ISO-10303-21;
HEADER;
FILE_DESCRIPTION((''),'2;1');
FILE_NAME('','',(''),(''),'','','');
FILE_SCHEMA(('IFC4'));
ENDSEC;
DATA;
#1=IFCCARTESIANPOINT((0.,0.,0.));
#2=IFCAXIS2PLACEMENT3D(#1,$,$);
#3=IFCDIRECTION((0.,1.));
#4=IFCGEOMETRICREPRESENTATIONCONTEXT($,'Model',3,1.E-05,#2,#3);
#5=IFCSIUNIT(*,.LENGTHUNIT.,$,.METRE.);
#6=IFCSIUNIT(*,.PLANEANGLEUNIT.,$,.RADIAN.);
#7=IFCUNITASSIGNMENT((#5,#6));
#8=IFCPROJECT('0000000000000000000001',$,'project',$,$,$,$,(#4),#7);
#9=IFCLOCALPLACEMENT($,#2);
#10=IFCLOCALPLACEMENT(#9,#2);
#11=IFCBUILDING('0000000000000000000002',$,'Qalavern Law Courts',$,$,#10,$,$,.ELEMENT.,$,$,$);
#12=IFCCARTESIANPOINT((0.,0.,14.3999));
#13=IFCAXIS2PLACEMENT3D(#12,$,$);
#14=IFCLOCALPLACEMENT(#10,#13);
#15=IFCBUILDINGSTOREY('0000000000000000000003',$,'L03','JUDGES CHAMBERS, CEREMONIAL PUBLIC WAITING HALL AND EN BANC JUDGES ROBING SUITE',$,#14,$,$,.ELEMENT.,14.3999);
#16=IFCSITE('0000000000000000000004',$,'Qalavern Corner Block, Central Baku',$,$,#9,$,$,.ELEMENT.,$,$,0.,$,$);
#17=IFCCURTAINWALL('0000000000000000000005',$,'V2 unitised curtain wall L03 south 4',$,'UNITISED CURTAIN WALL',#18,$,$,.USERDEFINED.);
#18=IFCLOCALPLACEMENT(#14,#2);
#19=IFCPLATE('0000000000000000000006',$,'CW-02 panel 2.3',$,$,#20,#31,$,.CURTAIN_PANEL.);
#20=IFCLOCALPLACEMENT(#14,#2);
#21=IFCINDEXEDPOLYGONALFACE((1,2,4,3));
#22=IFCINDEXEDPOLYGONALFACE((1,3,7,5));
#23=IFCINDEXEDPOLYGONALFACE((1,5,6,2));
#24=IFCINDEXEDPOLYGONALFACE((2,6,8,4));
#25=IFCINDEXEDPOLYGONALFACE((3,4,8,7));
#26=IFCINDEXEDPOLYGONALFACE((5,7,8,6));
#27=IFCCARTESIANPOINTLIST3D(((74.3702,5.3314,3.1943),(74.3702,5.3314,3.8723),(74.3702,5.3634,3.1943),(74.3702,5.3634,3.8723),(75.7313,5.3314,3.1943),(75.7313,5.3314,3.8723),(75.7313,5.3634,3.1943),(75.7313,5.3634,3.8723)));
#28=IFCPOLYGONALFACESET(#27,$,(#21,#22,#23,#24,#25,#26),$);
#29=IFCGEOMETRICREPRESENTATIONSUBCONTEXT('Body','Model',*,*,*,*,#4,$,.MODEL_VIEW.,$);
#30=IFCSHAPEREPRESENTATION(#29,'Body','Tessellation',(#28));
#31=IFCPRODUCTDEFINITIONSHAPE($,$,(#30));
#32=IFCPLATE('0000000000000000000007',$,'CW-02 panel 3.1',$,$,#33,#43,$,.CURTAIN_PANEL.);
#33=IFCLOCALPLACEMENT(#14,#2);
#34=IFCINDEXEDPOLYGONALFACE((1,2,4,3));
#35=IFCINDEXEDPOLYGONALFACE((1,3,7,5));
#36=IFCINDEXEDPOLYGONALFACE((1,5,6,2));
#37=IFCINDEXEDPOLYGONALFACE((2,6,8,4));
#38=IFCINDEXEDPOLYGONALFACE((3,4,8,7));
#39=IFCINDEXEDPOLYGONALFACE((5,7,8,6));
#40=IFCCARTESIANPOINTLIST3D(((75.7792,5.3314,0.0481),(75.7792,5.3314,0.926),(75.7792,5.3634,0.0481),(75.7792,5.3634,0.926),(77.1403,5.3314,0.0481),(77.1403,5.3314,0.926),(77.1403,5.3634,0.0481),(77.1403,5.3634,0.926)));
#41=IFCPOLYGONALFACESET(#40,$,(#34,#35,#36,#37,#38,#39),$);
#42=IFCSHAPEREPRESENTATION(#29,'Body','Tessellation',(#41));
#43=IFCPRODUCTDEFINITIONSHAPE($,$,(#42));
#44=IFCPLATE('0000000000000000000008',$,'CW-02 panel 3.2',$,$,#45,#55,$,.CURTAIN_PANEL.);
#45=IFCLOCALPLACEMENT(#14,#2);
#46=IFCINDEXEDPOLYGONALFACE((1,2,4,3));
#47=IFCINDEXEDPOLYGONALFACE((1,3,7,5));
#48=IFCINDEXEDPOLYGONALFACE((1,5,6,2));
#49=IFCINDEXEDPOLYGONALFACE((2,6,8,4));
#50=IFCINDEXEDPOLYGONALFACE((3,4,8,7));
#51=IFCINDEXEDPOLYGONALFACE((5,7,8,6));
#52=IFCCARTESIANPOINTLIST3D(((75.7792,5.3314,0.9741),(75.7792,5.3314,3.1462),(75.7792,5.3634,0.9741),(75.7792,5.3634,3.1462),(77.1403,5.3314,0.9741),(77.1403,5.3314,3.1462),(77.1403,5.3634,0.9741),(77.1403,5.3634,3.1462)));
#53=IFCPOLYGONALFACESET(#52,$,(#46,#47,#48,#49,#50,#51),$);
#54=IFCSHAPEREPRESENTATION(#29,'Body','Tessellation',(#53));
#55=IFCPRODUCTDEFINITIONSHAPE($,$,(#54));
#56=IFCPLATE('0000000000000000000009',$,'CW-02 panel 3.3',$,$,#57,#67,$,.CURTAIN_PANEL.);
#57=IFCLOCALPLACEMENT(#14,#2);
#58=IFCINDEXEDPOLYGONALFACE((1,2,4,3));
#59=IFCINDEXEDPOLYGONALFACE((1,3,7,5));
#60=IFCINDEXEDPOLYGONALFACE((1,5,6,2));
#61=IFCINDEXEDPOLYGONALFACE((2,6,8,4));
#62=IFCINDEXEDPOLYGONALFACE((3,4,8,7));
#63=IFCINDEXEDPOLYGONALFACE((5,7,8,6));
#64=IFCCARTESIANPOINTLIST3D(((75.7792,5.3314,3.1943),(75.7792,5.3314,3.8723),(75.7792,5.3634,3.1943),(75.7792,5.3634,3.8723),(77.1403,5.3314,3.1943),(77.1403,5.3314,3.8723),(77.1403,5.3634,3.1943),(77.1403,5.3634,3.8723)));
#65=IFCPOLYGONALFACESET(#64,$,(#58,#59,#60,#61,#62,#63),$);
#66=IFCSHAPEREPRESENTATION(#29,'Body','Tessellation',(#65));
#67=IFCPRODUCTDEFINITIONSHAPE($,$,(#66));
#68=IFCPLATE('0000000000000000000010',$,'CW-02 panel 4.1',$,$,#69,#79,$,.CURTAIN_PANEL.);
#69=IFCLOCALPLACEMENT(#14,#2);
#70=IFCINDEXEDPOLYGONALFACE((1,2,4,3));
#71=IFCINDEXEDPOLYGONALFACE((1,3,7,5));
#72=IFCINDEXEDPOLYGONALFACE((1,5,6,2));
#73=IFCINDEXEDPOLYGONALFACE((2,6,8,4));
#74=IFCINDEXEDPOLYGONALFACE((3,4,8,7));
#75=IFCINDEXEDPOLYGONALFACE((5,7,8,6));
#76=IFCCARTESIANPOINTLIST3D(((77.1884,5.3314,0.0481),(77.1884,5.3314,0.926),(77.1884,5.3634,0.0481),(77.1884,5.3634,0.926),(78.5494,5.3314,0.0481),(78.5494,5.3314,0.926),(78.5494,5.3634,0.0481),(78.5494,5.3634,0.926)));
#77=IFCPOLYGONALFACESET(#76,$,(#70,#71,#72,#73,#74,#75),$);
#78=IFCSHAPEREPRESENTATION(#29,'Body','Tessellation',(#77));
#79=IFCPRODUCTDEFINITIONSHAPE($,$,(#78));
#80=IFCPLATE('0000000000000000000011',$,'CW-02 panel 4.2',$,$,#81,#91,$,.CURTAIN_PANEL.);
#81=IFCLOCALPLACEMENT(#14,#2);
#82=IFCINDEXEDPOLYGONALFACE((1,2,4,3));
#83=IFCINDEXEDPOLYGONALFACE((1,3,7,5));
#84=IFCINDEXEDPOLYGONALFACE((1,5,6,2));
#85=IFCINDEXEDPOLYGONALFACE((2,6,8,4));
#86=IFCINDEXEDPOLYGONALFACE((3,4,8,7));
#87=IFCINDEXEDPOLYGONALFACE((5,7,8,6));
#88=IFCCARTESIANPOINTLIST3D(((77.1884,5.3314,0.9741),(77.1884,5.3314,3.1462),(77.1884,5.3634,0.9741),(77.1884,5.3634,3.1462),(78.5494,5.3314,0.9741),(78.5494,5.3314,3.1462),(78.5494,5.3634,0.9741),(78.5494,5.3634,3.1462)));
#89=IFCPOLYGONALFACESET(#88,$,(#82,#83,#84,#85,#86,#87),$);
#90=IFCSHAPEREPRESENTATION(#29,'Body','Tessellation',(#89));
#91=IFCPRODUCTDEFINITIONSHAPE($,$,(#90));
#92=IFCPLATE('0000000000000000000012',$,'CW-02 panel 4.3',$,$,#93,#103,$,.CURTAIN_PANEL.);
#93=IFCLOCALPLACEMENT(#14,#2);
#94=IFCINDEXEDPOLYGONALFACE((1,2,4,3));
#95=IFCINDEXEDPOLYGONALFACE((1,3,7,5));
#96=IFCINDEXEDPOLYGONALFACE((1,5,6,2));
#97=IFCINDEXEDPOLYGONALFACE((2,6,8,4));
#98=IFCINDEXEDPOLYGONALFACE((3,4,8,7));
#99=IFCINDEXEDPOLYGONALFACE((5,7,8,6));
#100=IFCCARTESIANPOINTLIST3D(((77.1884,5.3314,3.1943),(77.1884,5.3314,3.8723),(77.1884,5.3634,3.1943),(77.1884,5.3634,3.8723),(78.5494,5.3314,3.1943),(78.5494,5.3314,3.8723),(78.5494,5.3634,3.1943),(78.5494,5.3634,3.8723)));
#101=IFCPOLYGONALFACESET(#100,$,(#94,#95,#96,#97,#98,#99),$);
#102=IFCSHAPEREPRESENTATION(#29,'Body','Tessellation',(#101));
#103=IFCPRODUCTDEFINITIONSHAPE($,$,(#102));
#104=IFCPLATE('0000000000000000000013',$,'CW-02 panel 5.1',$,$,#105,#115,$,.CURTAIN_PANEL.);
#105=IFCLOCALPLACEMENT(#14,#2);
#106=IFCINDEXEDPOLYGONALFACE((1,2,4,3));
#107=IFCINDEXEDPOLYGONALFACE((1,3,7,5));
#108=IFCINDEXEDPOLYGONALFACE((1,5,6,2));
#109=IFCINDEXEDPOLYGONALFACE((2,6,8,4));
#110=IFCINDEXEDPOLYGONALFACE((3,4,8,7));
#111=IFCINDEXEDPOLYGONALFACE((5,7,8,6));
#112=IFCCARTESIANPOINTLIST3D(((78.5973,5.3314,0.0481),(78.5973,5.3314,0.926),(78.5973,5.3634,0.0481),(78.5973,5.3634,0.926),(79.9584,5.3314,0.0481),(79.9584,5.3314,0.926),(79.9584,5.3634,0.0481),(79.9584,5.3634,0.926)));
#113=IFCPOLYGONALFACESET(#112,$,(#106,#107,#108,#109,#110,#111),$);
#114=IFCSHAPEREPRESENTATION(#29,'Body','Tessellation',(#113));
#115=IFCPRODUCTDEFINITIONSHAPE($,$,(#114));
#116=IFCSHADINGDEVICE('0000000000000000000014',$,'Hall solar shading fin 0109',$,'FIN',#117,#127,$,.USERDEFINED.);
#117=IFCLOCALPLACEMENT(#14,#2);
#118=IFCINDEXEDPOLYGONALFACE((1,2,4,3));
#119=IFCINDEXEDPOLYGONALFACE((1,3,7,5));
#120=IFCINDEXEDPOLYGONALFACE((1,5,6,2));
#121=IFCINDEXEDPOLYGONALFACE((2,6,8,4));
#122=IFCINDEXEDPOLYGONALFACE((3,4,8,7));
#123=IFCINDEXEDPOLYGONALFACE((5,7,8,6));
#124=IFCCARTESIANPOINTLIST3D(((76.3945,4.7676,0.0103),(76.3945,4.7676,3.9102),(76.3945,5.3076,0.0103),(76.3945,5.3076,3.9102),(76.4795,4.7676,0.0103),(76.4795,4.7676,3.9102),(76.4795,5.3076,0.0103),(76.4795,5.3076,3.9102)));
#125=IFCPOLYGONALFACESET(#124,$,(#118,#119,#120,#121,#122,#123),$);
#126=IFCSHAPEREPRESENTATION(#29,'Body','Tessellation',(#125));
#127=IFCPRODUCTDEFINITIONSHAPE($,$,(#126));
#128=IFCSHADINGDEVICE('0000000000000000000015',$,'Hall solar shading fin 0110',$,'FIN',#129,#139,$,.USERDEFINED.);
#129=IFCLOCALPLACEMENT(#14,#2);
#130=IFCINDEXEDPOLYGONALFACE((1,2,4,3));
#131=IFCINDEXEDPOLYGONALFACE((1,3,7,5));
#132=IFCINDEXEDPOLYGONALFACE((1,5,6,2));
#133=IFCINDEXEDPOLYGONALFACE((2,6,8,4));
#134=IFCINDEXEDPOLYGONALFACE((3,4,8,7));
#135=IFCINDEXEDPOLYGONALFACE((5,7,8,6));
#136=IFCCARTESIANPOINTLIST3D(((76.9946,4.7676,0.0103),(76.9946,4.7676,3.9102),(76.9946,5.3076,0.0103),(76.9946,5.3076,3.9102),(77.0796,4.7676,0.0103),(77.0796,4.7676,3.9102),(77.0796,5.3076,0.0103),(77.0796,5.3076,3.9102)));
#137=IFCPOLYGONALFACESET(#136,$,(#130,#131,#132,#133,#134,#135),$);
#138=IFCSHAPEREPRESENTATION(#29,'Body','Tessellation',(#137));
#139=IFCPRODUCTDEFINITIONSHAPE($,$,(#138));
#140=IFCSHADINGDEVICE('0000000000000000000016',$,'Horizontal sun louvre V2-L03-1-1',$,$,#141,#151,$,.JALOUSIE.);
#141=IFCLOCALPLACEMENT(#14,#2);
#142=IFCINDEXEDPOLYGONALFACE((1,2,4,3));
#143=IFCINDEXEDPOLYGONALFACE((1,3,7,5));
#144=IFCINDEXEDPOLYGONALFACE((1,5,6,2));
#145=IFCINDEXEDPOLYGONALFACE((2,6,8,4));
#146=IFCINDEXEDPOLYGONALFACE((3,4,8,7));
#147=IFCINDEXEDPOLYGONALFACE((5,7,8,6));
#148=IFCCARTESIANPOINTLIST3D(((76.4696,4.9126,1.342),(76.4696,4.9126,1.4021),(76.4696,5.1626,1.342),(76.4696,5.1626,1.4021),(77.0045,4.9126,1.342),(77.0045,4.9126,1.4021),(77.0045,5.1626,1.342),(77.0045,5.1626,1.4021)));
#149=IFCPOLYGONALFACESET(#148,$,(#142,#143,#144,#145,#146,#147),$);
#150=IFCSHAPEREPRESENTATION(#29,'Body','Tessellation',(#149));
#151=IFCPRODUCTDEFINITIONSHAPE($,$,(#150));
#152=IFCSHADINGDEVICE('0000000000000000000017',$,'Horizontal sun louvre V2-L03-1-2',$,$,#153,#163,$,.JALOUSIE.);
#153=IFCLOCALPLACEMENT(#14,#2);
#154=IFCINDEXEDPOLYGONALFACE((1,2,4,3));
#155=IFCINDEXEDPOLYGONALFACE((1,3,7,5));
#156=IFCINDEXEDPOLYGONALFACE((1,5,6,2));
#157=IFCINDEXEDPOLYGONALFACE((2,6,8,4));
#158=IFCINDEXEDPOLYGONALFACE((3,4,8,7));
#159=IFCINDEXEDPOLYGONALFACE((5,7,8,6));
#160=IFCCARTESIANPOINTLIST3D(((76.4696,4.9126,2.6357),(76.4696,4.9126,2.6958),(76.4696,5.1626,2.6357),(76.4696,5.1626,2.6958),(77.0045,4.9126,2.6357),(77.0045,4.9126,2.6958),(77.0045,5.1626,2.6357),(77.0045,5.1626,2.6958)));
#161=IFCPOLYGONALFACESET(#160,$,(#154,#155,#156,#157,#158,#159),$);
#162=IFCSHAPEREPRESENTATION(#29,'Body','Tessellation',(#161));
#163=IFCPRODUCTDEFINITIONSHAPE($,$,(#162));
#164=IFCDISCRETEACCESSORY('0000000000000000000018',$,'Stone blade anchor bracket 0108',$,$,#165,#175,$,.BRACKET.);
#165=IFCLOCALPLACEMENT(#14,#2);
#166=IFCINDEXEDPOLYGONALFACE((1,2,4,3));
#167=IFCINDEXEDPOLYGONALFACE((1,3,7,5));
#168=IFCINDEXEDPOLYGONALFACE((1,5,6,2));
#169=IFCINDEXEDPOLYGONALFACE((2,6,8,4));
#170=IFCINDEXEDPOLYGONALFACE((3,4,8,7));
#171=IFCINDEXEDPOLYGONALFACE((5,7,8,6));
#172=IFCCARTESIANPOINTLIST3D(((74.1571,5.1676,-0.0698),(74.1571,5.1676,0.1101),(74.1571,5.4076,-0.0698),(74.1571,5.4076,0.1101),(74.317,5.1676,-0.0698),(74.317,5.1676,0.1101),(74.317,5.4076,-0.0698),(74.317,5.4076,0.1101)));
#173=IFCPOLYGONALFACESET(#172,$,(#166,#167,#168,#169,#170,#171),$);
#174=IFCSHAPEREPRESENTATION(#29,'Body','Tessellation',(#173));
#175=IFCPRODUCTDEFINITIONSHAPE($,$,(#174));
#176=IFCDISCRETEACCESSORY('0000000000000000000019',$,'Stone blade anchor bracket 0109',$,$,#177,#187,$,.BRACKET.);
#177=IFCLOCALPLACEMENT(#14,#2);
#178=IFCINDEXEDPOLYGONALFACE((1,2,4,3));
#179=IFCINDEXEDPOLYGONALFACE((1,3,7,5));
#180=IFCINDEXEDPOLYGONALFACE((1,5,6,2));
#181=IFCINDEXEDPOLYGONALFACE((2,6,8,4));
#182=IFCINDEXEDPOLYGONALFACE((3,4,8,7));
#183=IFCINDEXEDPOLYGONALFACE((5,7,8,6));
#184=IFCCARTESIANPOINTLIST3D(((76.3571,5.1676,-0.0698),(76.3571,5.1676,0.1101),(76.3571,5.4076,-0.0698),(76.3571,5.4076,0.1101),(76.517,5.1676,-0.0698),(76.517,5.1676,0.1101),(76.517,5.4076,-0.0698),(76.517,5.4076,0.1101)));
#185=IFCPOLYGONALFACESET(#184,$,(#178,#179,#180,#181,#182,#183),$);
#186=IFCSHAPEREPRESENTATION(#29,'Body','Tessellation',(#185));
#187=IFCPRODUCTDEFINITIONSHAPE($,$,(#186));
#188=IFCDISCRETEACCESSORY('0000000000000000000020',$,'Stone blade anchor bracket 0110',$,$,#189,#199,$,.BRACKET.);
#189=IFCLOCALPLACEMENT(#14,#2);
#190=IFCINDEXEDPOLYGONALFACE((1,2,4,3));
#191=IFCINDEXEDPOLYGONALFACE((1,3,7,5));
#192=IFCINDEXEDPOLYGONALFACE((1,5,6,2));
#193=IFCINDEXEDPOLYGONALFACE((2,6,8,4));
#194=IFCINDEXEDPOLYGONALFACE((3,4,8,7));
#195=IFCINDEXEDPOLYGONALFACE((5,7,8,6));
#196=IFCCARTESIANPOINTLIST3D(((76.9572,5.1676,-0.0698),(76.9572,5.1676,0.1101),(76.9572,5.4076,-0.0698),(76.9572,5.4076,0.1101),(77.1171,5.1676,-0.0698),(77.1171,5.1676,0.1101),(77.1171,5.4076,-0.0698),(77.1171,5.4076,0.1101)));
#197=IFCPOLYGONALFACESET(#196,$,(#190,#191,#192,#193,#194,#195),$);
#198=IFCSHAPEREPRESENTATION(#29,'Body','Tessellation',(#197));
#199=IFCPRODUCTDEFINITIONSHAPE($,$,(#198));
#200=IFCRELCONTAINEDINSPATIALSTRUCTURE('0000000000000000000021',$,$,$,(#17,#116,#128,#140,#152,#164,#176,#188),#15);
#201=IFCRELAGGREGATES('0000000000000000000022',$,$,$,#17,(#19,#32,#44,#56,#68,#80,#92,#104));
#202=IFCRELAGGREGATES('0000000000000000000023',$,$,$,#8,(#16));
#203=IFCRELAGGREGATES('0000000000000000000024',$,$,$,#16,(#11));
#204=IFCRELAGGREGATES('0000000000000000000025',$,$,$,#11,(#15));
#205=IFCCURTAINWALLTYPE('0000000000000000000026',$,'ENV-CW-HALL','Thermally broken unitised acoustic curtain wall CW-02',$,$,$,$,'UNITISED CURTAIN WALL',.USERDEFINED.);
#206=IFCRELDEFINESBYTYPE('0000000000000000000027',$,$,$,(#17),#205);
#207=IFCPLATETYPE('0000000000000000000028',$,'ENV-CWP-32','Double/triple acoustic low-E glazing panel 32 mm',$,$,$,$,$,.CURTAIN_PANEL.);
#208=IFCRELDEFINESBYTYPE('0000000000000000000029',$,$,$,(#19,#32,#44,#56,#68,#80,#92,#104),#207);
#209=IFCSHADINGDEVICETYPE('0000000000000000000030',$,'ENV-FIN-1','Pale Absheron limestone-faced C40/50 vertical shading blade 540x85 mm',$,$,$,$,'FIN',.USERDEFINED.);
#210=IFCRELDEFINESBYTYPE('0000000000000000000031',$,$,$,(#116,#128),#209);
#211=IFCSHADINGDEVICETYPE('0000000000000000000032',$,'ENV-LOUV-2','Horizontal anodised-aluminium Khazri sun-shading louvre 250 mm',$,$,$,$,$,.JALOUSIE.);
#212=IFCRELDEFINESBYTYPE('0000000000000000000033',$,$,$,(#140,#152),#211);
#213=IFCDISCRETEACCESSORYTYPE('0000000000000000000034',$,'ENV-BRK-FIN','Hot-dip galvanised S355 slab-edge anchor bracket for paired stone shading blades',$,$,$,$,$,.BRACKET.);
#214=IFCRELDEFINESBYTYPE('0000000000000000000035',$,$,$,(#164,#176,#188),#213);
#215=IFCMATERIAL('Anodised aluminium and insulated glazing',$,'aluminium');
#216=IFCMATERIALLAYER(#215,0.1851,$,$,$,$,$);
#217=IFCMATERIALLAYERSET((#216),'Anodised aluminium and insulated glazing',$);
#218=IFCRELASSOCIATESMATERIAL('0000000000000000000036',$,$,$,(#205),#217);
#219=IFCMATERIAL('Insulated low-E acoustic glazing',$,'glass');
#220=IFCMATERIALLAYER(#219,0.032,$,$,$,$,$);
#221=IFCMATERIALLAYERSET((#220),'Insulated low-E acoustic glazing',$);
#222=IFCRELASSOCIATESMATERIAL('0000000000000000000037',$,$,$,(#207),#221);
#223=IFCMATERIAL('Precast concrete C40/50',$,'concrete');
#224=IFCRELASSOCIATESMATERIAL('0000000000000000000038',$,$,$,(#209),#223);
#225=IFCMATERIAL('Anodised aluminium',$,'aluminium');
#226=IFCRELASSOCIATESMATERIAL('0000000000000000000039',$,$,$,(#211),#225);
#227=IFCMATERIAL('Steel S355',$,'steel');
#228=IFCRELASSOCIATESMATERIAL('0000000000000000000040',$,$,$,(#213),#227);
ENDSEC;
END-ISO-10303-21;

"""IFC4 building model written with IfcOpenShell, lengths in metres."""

from ifc_helpers import new_model, si_unit, direction, frame, origin, origin_2d, place, context, subcontext, project, spatial, rectangle, extrude, material, layer, layer_set, type_object, element, aggregate, save


model = new_model("IFC4")

# Units and contexts
model_context = context("Model", 3, precision=1e-05, world=origin(), true_north=direction((0.0, 1.0)))
body_context = subcontext(model_context, "Body", "Model", "MODEL_VIEW")
ifc_project = project(units=[si_unit("LENGTHUNIT", "METRE"), si_unit("PLANEANGLEUNIT", "RADIAN")], contexts=[model_context])

# Site, building, storey
site_placement = place(None, origin())
site = spatial("IfcSite", under=ifc_project, at=site_placement, Name="Qalavern Corner Block, Central Baku", CompositionType="ELEMENT", RefElevation=0.0)
building_placement = place(site_placement, origin())
building = spatial("IfcBuilding", under=site, at=building_placement, Name="Qalavern Law Courts", CompositionType="ELEMENT")
storey_placement = place(building_placement, frame((0.0, 0.0, 14.3999)))
storey = spatial("IfcBuildingStorey", under=building, at=storey_placement, Name="L03", Description="JUDGES CHAMBERS, CEREMONIAL PUBLIC WAITING HALL AND EN BANC JUDGES ROBING SUITE", CompositionType="ELEMENT", Elevation=14.3999)

# Curtain wall, plates
ifc_material_1 = material(Name="Anodised aluminium and insulated glazing", Category="aluminium")
ifc_layer_1 = layer(ifc_material_1, 0.1851)
ifc_layer_set_1 = layer_set([ifc_layer_1], Name="Anodised aluminium and insulated glazing")
curtain_wall_type = type_object("IfcCurtainWallType", Name="ENV-CW-HALL", Description="Thermally broken unitised acoustic curtain wall CW-02", ElementType="UNITISED CURTAIN WALL", PredefinedType="USERDEFINED", material=ifc_layer_set_1)
curtain_wall_placement = place(storey_placement, origin())
curtain_wall = element("IfcCurtainWall", 1, at=curtain_wall_placement, inside=storey, type_object=curtain_wall_type, Name="V2 unitised curtain wall L03 south 4", ObjectType="UNITISED CURTAIN WALL", PredefinedType="USERDEFINED")
ifc_material_2 = material(Name="Anodised aluminium", Category="aluminium")
ifc_material_3 = material(Name="Insulated low-E acoustic glazing", Category="glass")
ifc_layer_2 = layer(ifc_material_3, 0.032)
ifc_layer_set_2 = layer_set([ifc_layer_2], Name="Insulated low-E acoustic glazing")
plate_type = type_object("IfcPlateType", Name="ENV-CWP-32", Description="Double/triple acoustic low-E glazing panel 32 mm", PredefinedType="CURTAIN_PANEL", material=ifc_layer_set_2)
plate_1_placement = place(storey_placement, frame((75.0508, 5.3474, 3.1943), z_axis=(0.0, 0.0, 1.0), x_axis=(1.0, 0.0, 0.0)))
plate_1 = element("IfcPlate", 2, at=plate_1_placement, type_object=plate_type, Name="CW-02 panel 2.3", PredefinedType="CURTAIN_PANEL", context=body_context, shape_type="SweptSolid", body=[
    extrude(rectangle(XDim=1.3611, YDim=0.032, at=origin_2d()), origin(), (0.0, 0.0, 1.0), 0.678),
])
plate_2_placement = place(storey_placement, frame((76.4597, 5.3474, 0.0481), z_axis=(0.0, 0.0, 1.0), x_axis=(1.0, 0.0, 0.0)))
plate_2 = element("IfcPlate", 3, at=plate_2_placement, type_object=plate_type, Name="CW-02 panel 3.1", PredefinedType="CURTAIN_PANEL", context=body_context, shape_type="SweptSolid", body=[
    extrude(rectangle(XDim=1.3611, YDim=0.032, at=origin_2d()), origin(), (0.0, 0.0, 1.0), 0.8779),
])
plate_3_placement = place(storey_placement, frame((76.4597, 5.3474, 0.9741), z_axis=(0.0, 0.0, 1.0), x_axis=(1.0, 0.0, 0.0)))
plate_3 = element("IfcPlate", 4, at=plate_3_placement, type_object=plate_type, Name="CW-02 panel 3.2", PredefinedType="CURTAIN_PANEL", context=body_context, shape_type="SweptSolid", body=[
    extrude(rectangle(XDim=1.3611, YDim=0.032, at=origin_2d()), origin(), (0.0, 0.0, 1.0), 2.1721),
])
plate_4_placement = place(storey_placement, frame((76.4597, 5.3474, 3.1943), z_axis=(0.0, 0.0, 1.0), x_axis=(1.0, 0.0, 0.0)))
plate_4 = element("IfcPlate", 5, at=plate_4_placement, type_object=plate_type, Name="CW-02 panel 3.3", PredefinedType="CURTAIN_PANEL", context=body_context, shape_type="SweptSolid", body=[
    extrude(rectangle(XDim=1.3611, YDim=0.032, at=origin_2d()), origin(), (0.0, 0.0, 1.0), 0.678),
])
plate_5_placement = place(storey_placement, frame((77.8689, 5.3474, 0.0481), z_axis=(0.0, 0.0, 1.0), x_axis=(1.0, 0.0, 0.0)))
plate_5 = element("IfcPlate", 6, at=plate_5_placement, type_object=plate_type, Name="CW-02 panel 4.1", PredefinedType="CURTAIN_PANEL", context=body_context, shape_type="SweptSolid", body=[
    extrude(rectangle(XDim=1.3611, YDim=0.032, at=origin_2d()), origin(), (0.0, 0.0, 1.0), 0.8779),
])
plate_6_placement = place(storey_placement, frame((77.8689, 5.3474, 0.9741), z_axis=(0.0, 0.0, 1.0), x_axis=(1.0, 0.0, 0.0)))
plate_6 = element("IfcPlate", 7, at=plate_6_placement, type_object=plate_type, Name="CW-02 panel 4.2", PredefinedType="CURTAIN_PANEL", context=body_context, shape_type="SweptSolid", body=[
    extrude(rectangle(XDim=1.3611, YDim=0.032, at=origin_2d()), origin(), (0.0, 0.0, 1.0), 2.1721),
])
plate_7_placement = place(storey_placement, frame((77.8689, 5.3474, 3.1943), z_axis=(0.0, 0.0, 1.0), x_axis=(1.0, 0.0, 0.0)))
plate_7 = element("IfcPlate", 8, at=plate_7_placement, type_object=plate_type, Name="CW-02 panel 4.3", PredefinedType="CURTAIN_PANEL", context=body_context, shape_type="SweptSolid", body=[
    extrude(rectangle(XDim=1.3611, YDim=0.032, at=origin_2d()), origin(), (0.0, 0.0, 1.0), 0.678),
])
plate_8_placement = place(storey_placement, frame((79.2778, 5.3474, 0.0481), z_axis=(0.0, 0.0, 1.0), x_axis=(1.0, 0.0, 0.0)))
plate_8 = element("IfcPlate", 9, at=plate_8_placement, type_object=plate_type, Name="CW-02 panel 5.1", PredefinedType="CURTAIN_PANEL", context=body_context, shape_type="SweptSolid", body=[
    extrude(rectangle(XDim=1.3611, YDim=0.032, at=origin_2d()), origin(), (0.0, 0.0, 1.0), 0.8779),
])
aggregate(curtain_wall, [plate_1, plate_2, plate_3, plate_4, plate_5, plate_6, plate_7, plate_8])

# Shading devices
ifc_material_4 = material(Name="Precast concrete C40/50", Category="concrete")
shading_device_type_1 = type_object("IfcShadingDeviceType", Name="ENV-FIN-1", Description="Pale Absheron limestone-faced C40/50 vertical shading blade 540x85 mm", ElementType="FIN", PredefinedType="USERDEFINED", material=ifc_material_4)
for number, where, z_axis, x_axis, name in (
    (10, (76.437, 5.0376, 0.0103), (0.0, 0.0, 1.0), (0.0, -1.0, 0.0), "Hall solar shading fin 0109"),
    (11, (77.0371, 5.0376, 0.0103), (0.0, 0.0, 1.0), (0.0, -1.0, 0.0), "Hall solar shading fin 0110"),
):
    element("IfcShadingDevice", number, at=place(storey_placement, frame(where, z_axis=z_axis, x_axis=x_axis)), inside=storey, type_object=shading_device_type_1, Name=name, ObjectType="FIN", PredefinedType="USERDEFINED", context=body_context, shape_type="SweptSolid", body=[
        extrude(rectangle(XDim=0.54, YDim=0.085, at=origin_2d()), origin(), (0.0, 0.0, 1.0), 3.8999),
    ])
shading_device_type_2 = type_object("IfcShadingDeviceType", Name="ENV-LOUV-2", Description="Horizontal anodised-aluminium Khazri sun-shading louvre 250 mm", PredefinedType="JALOUSIE", material=ifc_material_2)
for number, where, z_axis, x_axis, name in (
    (12, (76.7371, 5.0376, 1.342), (0.0, 0.0, 1.0), (1.0, 0.0, 0.0), "Horizontal sun louvre V2-L03-1-1"),
    (13, (76.7371, 5.0376, 2.6357), (0.0, 0.0, 1.0), (1.0, 0.0, 0.0), "Horizontal sun louvre V2-L03-1-2"),
):
    element("IfcShadingDevice", number, at=place(storey_placement, frame(where, z_axis=z_axis, x_axis=x_axis)), inside=storey, type_object=shading_device_type_2, Name=name, PredefinedType="JALOUSIE", context=body_context, shape_type="SweptSolid", body=[
        extrude(rectangle(XDim=0.5349, YDim=0.25, at=origin_2d()), origin(), (0.0, 0.0, 1.0), 0.0601),
    ])

# Discrete accessories
ifc_material_5 = material(Name="Steel S355", Category="steel")
discrete_accessory_type = type_object("IfcDiscreteAccessoryType", Name="ENV-BRK-FIN", Description="Hot-dip galvanised S355 slab-edge anchor bracket for paired stone shading blades", PredefinedType="BRACKET", material=ifc_material_5)
for number, where, z_axis, x_axis, name in (
    (14, (74.2371, 5.2876, -0.0698), (0.0, 0.0, 1.0), (0.0, -1.0, 0.0), "Stone blade anchor bracket 0108"),
    (15, (76.437, 5.2876, -0.0698), (0.0, 0.0, 1.0), (0.0, -1.0, 0.0), "Stone blade anchor bracket 0109"),
    (16, (77.0371, 5.2876, -0.0698), (0.0, 0.0, 1.0), (0.0, -1.0, 0.0), "Stone blade anchor bracket 0110"),
):
    element("IfcDiscreteAccessory", number, at=place(storey_placement, frame(where, z_axis=z_axis, x_axis=x_axis)), inside=storey, type_object=discrete_accessory_type, Name=name, PredefinedType="BRACKET", context=body_context, shape_type="SweptSolid", body=[
        extrude(rectangle(XDim=0.24, YDim=0.1599, at=origin_2d()), origin(), (0.0, 0.0, 1.0), 0.1799),
    ])

save(model, "model.ifc")
